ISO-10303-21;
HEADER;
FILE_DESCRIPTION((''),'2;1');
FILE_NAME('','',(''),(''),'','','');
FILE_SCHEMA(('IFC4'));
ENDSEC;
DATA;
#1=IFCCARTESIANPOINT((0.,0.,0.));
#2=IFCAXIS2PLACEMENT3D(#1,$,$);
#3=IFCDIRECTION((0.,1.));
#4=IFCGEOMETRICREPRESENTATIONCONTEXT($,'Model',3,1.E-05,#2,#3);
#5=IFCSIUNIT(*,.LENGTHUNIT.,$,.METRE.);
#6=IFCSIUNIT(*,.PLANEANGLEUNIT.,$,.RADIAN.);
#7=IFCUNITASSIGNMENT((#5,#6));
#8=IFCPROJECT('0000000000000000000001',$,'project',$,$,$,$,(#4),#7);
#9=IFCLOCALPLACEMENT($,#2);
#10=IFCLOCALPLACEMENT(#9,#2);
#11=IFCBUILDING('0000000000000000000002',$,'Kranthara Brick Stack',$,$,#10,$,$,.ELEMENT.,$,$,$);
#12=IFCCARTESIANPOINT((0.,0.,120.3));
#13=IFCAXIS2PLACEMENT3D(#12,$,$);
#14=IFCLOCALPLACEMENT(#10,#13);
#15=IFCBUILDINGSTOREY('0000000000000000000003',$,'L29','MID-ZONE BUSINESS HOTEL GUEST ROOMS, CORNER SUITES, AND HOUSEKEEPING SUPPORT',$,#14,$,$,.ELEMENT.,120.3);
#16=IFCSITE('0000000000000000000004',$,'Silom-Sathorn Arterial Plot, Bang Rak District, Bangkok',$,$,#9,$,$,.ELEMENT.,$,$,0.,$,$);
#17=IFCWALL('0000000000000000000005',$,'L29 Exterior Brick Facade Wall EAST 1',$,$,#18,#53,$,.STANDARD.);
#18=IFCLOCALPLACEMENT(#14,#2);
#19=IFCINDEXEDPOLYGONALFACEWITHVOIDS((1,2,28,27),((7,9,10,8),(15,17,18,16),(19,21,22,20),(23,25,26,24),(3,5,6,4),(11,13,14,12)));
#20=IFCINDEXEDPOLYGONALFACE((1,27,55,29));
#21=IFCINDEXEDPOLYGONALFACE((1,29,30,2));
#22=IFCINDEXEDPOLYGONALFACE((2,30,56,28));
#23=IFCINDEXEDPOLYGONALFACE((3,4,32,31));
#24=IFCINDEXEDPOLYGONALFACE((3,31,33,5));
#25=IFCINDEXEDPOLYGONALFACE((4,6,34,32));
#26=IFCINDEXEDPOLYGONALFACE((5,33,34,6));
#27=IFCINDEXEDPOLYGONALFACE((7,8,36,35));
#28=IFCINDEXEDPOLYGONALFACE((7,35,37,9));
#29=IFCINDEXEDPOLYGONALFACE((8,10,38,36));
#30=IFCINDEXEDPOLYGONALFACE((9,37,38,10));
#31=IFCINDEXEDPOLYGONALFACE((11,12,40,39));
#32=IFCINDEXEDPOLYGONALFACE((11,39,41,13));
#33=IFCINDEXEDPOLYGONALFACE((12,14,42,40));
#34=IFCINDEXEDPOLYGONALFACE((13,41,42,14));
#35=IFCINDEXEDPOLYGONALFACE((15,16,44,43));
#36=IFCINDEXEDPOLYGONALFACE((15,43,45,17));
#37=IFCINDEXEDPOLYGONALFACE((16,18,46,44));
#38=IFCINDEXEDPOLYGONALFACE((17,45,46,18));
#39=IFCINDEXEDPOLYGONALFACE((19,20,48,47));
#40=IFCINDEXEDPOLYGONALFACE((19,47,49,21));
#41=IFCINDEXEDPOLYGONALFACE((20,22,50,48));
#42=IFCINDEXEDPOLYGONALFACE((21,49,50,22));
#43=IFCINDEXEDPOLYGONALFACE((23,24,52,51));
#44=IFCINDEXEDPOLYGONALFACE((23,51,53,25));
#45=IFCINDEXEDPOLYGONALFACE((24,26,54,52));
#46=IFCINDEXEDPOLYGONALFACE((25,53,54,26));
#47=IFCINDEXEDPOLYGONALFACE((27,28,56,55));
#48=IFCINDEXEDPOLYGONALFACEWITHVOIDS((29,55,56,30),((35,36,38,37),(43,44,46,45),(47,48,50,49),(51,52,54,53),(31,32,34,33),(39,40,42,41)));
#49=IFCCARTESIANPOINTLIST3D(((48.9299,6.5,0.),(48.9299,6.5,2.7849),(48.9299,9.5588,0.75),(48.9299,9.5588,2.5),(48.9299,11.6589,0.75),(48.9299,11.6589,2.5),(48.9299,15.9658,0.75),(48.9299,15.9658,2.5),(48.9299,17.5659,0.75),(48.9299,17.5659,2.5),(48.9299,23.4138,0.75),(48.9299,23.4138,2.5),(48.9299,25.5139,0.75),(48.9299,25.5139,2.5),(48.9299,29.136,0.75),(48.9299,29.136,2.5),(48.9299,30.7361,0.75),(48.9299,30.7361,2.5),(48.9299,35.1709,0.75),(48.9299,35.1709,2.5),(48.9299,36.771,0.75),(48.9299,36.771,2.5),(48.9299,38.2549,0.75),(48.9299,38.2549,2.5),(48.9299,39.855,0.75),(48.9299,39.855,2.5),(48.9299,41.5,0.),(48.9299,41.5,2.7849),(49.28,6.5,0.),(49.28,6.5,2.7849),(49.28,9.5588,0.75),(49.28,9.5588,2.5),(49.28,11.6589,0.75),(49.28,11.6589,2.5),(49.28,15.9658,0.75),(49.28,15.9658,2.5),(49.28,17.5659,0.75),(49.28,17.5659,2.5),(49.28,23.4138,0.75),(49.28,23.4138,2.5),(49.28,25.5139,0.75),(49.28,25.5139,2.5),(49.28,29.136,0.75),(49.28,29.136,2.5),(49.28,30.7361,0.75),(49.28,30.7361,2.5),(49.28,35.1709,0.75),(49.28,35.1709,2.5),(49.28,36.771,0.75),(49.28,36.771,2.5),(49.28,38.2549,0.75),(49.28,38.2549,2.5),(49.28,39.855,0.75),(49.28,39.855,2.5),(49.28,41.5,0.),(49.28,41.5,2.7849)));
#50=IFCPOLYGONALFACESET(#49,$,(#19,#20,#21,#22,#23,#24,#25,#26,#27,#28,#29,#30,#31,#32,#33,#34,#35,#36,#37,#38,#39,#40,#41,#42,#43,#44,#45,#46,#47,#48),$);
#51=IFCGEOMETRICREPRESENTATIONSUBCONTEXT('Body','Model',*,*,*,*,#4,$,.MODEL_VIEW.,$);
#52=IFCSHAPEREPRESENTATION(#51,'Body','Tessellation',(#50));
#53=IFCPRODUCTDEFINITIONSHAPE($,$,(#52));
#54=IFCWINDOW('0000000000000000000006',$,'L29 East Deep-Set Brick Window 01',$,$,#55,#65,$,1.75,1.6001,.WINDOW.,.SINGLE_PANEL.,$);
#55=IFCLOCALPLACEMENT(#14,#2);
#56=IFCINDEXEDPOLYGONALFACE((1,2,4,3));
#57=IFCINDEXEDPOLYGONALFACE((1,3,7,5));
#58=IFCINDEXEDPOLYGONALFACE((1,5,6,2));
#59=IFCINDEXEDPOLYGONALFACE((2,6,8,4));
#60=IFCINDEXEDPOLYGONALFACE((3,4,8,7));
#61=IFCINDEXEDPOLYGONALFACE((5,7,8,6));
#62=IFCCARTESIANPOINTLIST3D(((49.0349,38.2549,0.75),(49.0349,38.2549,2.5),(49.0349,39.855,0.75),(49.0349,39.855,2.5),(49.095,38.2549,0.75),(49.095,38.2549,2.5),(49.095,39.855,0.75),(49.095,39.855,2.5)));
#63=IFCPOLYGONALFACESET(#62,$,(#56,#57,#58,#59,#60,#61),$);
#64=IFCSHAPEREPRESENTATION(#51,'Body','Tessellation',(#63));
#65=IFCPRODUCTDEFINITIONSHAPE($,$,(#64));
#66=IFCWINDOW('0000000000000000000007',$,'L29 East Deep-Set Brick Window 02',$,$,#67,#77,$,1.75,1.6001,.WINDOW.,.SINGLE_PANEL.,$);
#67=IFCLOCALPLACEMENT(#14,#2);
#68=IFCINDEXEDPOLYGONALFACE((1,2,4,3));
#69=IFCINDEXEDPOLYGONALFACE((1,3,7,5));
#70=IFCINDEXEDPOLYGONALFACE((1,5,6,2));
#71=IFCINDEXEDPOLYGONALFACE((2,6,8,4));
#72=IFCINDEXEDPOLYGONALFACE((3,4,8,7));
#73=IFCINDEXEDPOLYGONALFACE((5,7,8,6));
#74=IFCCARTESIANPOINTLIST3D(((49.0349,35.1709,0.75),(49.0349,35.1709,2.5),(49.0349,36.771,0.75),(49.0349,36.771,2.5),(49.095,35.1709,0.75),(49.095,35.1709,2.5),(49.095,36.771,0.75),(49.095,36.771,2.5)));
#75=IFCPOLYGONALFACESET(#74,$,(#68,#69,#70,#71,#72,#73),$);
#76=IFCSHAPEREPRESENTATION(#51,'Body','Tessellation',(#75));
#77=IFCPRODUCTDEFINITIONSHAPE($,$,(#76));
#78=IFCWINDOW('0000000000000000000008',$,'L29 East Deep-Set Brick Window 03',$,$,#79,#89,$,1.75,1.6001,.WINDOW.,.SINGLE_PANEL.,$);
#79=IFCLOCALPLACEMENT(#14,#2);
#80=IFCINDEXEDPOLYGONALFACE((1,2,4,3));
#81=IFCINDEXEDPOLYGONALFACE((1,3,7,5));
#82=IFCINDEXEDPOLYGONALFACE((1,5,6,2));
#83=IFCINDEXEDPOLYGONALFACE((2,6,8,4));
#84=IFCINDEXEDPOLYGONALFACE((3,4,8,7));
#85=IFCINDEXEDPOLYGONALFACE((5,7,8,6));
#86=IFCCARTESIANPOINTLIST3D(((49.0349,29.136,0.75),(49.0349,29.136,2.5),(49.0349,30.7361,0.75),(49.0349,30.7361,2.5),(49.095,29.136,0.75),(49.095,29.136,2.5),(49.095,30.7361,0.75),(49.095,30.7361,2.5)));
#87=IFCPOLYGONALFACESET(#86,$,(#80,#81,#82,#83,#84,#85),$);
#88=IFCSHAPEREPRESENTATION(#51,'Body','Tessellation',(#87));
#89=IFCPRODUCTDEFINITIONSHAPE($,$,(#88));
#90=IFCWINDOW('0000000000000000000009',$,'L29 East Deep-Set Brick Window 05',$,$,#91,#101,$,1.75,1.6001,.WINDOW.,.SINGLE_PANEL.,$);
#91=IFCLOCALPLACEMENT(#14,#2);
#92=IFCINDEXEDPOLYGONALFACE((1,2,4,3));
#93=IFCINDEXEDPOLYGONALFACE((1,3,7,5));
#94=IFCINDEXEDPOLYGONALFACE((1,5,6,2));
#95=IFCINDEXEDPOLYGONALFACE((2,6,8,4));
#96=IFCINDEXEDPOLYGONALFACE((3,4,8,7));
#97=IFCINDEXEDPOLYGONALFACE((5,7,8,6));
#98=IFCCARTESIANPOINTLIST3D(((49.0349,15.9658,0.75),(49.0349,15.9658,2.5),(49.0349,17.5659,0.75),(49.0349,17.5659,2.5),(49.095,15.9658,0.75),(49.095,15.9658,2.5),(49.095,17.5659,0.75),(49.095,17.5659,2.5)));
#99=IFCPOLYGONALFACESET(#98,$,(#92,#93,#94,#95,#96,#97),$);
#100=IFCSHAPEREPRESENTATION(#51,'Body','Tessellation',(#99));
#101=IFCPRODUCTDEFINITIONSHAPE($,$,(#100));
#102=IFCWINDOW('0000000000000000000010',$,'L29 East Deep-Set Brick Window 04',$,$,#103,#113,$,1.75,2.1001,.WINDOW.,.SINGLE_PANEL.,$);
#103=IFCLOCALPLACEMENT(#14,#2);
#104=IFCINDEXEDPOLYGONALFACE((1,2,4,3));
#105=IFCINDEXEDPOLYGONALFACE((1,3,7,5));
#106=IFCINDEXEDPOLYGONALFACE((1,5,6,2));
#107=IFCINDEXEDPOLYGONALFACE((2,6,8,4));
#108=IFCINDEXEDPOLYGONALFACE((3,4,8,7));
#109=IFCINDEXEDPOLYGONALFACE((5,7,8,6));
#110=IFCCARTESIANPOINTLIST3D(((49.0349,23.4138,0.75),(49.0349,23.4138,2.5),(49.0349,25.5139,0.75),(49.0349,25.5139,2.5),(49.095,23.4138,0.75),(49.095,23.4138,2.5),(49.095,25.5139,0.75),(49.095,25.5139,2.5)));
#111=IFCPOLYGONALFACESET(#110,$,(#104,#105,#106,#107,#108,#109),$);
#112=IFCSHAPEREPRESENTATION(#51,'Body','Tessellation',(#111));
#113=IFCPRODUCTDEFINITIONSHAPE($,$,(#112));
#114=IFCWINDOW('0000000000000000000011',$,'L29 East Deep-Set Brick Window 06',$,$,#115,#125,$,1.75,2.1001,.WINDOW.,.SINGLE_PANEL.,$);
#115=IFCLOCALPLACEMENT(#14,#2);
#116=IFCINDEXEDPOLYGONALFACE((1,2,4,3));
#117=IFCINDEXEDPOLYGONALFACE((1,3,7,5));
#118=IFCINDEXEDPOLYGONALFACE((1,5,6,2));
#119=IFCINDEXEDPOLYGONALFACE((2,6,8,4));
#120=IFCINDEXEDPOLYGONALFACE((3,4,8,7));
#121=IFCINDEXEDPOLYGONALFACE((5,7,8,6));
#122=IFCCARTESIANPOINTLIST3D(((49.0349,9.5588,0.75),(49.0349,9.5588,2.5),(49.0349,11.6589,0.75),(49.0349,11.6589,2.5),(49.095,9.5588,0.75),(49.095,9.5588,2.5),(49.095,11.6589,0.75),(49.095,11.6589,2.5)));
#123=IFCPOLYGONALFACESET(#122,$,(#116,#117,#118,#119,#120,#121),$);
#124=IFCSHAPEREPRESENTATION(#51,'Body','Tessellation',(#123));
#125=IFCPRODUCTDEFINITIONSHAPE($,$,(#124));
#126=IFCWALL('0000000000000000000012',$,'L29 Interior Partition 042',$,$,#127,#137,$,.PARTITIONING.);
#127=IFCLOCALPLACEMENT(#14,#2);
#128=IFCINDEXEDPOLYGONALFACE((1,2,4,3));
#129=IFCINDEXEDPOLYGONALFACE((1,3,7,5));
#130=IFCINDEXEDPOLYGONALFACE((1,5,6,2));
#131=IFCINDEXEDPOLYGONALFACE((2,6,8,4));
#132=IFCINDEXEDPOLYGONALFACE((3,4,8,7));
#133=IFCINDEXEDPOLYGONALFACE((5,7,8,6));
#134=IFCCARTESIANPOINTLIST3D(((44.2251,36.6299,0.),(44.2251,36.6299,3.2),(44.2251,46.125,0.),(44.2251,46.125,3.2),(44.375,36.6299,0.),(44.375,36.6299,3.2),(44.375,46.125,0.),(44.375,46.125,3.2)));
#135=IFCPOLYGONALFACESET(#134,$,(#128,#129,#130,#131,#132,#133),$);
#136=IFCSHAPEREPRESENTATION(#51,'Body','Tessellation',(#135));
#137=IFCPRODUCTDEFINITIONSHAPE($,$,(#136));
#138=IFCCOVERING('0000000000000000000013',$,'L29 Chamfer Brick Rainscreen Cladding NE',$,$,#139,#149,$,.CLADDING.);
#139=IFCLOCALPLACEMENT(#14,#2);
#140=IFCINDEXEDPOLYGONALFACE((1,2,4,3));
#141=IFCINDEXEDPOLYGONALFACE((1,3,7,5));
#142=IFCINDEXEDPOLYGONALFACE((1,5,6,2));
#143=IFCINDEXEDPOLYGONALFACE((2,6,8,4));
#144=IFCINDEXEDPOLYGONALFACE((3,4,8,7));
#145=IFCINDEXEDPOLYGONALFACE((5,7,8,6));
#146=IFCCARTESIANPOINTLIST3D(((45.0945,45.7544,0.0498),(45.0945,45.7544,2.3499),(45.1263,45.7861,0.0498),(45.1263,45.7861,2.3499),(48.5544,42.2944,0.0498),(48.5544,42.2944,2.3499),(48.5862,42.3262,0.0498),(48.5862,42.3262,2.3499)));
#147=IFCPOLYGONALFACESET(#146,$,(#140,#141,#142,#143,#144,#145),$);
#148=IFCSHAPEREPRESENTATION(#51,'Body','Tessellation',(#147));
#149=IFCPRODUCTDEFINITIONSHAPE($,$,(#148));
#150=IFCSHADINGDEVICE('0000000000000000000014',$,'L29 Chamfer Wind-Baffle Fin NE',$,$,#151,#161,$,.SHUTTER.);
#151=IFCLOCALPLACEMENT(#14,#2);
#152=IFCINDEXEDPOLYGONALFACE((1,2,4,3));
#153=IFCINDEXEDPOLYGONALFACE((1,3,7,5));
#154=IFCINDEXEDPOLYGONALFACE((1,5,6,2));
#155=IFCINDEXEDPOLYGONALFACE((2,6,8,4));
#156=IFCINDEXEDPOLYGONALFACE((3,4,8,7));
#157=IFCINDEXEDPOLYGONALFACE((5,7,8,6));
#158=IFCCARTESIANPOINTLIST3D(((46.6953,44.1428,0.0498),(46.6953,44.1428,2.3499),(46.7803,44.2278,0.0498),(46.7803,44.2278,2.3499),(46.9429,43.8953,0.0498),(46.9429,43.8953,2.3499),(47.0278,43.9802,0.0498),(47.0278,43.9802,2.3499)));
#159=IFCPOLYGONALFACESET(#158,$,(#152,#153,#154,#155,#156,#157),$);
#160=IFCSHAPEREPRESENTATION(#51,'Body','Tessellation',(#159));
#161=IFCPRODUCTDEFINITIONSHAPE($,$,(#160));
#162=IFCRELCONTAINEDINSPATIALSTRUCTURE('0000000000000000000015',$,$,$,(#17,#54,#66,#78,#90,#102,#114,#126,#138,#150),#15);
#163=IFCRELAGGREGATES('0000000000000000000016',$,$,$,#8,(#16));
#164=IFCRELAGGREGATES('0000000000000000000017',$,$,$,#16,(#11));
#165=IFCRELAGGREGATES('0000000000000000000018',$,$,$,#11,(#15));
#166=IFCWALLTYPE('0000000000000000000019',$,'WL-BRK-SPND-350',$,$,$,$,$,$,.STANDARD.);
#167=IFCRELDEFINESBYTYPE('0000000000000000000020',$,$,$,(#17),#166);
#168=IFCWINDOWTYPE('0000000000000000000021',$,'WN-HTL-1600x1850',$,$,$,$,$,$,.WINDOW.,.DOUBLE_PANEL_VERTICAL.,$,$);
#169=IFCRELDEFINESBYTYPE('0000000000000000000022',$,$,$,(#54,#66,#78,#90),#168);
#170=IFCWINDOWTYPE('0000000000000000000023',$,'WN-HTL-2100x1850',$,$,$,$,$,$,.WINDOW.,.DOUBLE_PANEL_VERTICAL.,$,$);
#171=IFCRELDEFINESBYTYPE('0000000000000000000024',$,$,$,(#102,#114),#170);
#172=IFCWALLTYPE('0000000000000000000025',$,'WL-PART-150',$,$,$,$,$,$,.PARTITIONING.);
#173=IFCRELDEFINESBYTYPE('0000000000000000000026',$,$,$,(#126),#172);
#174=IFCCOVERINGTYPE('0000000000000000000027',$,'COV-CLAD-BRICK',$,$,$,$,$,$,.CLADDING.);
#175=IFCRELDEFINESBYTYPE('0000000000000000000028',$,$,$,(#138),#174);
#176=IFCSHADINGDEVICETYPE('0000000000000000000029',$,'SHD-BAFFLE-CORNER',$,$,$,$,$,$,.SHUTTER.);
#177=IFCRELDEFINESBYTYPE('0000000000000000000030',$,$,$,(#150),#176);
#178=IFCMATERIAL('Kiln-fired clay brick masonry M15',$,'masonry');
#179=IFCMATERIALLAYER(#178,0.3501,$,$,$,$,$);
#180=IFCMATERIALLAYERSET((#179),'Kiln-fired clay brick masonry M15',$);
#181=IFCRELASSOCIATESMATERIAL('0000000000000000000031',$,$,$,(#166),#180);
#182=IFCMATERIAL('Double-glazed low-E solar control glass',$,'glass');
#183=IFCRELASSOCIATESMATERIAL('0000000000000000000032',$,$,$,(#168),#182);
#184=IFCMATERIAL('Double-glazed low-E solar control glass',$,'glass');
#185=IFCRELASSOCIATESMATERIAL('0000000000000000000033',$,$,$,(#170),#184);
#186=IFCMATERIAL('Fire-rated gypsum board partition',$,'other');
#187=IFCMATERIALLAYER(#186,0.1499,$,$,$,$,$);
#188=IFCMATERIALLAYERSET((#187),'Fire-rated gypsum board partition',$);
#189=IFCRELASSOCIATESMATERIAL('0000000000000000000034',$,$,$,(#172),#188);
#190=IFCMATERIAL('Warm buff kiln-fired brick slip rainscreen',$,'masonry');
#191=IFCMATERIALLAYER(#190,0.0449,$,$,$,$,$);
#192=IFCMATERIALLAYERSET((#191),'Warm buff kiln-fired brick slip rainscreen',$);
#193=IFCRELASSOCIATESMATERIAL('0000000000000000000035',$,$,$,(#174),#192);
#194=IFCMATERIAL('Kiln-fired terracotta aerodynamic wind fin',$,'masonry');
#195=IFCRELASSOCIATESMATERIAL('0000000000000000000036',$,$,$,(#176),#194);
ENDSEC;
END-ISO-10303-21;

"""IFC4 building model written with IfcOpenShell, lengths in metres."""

from ifc_helpers import new_model, si_unit, direction, frame, frame_2d, origin, origin_2d, place, context, subcontext, project, spatial, rectangle, extrude, material, layer, layer_set, type_object, element, fill, save


model = new_model("IFC4")

# Units and contexts
model_context = context("Model", 3, precision=1e-05, world=origin(), true_north=direction((0.0, 1.0)))
body_context = subcontext(model_context, "Body", "Model", "MODEL_VIEW")
ifc_project = project(units=[si_unit("LENGTHUNIT", "METRE"), si_unit("PLANEANGLEUNIT", "RADIAN")], contexts=[model_context])

# Site, building, storey
site_placement = place(None, origin())
site = spatial("IfcSite", under=ifc_project, at=site_placement, Name="Silom-Sathorn Arterial Plot, Bang Rak District, Bangkok", CompositionType="ELEMENT", RefElevation=0.0)
building_placement = place(site_placement, origin())
building = spatial("IfcBuilding", under=site, at=building_placement, Name="Kranthara Brick Stack", CompositionType="ELEMENT")
storey_placement = place(building_placement, frame((0.0, 0.0, 120.3)))
storey = spatial("IfcBuildingStorey", under=building, at=storey_placement, Name="L29", Description="MID-ZONE BUSINESS HOTEL GUEST ROOMS, CORNER SUITES, AND HOUSEKEEPING SUPPORT", CompositionType="ELEMENT", Elevation=120.3)

# Shared definitions
ifc_material_1 = material(Name="Kiln-fired clay brick masonry M15", Category="masonry")
ifc_layer_1 = layer(ifc_material_1, 0.3501)
ifc_layer_set_1 = layer_set([ifc_layer_1], Name="Kiln-fired clay brick masonry M15")
wall_type_1 = type_object("IfcWallType", Name="WL-BRK-SPND-350", PredefinedType="STANDARD", material=ifc_layer_set_1)

# Wall, openings, windows
wall_1_placement = place(storey_placement, frame((49.105, 41.5, 0.0), z_axis=(0.0, 0.0, 1.0), x_axis=(0.0, -1.0, 0.0)))
wall_1 = element("IfcWall", 1, at=wall_1_placement, inside=storey, type_object=wall_type_1, Name="L29 Exterior Brick Facade Wall EAST 1", PredefinedType="STANDARD", context=body_context, shape_type="SweptSolid", body=[
    extrude(rectangle(XDim=35.0, YDim=0.3501, at=frame_2d((17.5, 0.0))), origin(), (0.0, 0.0, 1.0), 2.7849),
])
opening_1_placement = place(wall_1_placement, frame((1.645, 0.0, 0.75)))
opening_1 = element("IfcOpeningElement", 2, at=opening_1_placement, cuts=wall_1, PredefinedType="OPENING", context=body_context, shape_type="SweptSolid", body=[
    extrude(rectangle(XDim=1.6001, YDim=1.75, at=frame_2d((0.8, 0.875))), frame((0.0, 0.1851, 0.0), z_axis=(0.0, -1.0, 0.0), x_axis=(1.0, 0.0, 0.0)), (0.0, 0.0, 1.0), 0.3701),
])
opening_2_placement = place(wall_1_placement, frame((4.729, 0.0, 0.75)))
opening_2 = element("IfcOpeningElement", 3, at=opening_2_placement, cuts=wall_1, PredefinedType="OPENING", context=body_context, shape_type="SweptSolid", body=[
    extrude(rectangle(XDim=1.6001, YDim=1.75, at=frame_2d((0.8, 0.875))), frame((0.0, 0.1851, 0.0), z_axis=(0.0, -1.0, 0.0), x_axis=(1.0, 0.0, 0.0)), (0.0, 0.0, 1.0), 0.3701),
])
opening_3_placement = place(wall_1_placement, frame((10.7639, 0.0, 0.75)))
opening_3 = element("IfcOpeningElement", 4, at=opening_3_placement, cuts=wall_1, PredefinedType="OPENING", context=body_context, shape_type="SweptSolid", body=[
    extrude(rectangle(XDim=1.6001, YDim=1.75, at=frame_2d((0.8, 0.875))), frame((0.0, 0.1851, 0.0), z_axis=(0.0, -1.0, 0.0), x_axis=(1.0, 0.0, 0.0)), (0.0, 0.0, 1.0), 0.3701),
])
opening_4_placement = place(wall_1_placement, frame((15.9861, 0.0, 0.75)))
opening_4 = element("IfcOpeningElement", 5, at=opening_4_placement, cuts=wall_1, PredefinedType="OPENING", context=body_context, shape_type="SweptSolid", body=[
    extrude(rectangle(XDim=2.1001, YDim=1.75, at=frame_2d((1.05, 0.875))), frame((0.0, 0.1851, 0.0), z_axis=(0.0, -1.0, 0.0), x_axis=(1.0, 0.0, 0.0)), (0.0, 0.0, 1.0), 0.3701),
])
opening_5_placement = place(wall_1_placement, frame((23.9341, 0.0, 0.75)))
opening_5 = element("IfcOpeningElement", 6, at=opening_5_placement, cuts=wall_1, PredefinedType="OPENING", context=body_context, shape_type="SweptSolid", body=[
    extrude(rectangle(XDim=1.6001, YDim=1.75, at=frame_2d((0.8, 0.875))), frame((0.0, 0.1851, 0.0), z_axis=(0.0, -1.0, 0.0), x_axis=(1.0, 0.0, 0.0)), (0.0, 0.0, 1.0), 0.3701),
])
opening_6_placement = place(wall_1_placement, frame((29.8411, 0.0, 0.75)))
opening_6 = element("IfcOpeningElement", 7, at=opening_6_placement, cuts=wall_1, PredefinedType="OPENING", context=body_context, shape_type="SweptSolid", body=[
    extrude(rectangle(XDim=2.1001, YDim=1.75, at=frame_2d((1.05, 0.875))), frame((0.0, 0.1851, 0.0), z_axis=(0.0, -1.0, 0.0), x_axis=(1.0, 0.0, 0.0)), (0.0, 0.0, 1.0), 0.3701),
])
ifc_material_2 = material(Name="Double-glazed low-E solar control glass", Category="glass")
window_type_1 = type_object("IfcWindowType", Name="WN-HTL-1600x1850", PartitioningType="DOUBLE_PANEL_VERTICAL", PredefinedType="WINDOW", material=ifc_material_2)
window_1_placement = place(opening_1_placement, origin())
window_1 = element("IfcWindow", 8, at=window_1_placement, inside=storey, type_object=window_type_1, Name="L29 East Deep-Set Brick Window 01", OverallHeight=1.75, OverallWidth=1.6001, PartitioningType="SINGLE_PANEL", PredefinedType="WINDOW", context=body_context, shape_type="SweptSolid", body=[
    extrude(rectangle(XDim=1.6001, YDim=1.75, at=frame_2d((0.8, 0.875))), frame((0.0, -0.01, 0.0), z_axis=(0.0, -1.0, 0.0), x_axis=(1.0, 0.0, 0.0)), (0.0, 0.0, 1.0), 0.0601),
])
fill(opening_1, window_1)
window_2_placement = place(opening_2_placement, origin())
window_2 = element("IfcWindow", 9, at=window_2_placement, inside=storey, type_object=window_type_1, Name="L29 East Deep-Set Brick Window 02", OverallHeight=1.75, OverallWidth=1.6001, PartitioningType="SINGLE_PANEL", PredefinedType="WINDOW", context=body_context, shape_type="SweptSolid", body=[
    extrude(rectangle(XDim=1.6001, YDim=1.75, at=frame_2d((0.8, 0.875))), frame((0.0, -0.01, 0.0), z_axis=(0.0, -1.0, 0.0), x_axis=(1.0, 0.0, 0.0)), (0.0, 0.0, 1.0), 0.0601),
])
fill(opening_2, window_2)
window_3_placement = place(opening_3_placement, origin())
window_3 = element("IfcWindow", 10, at=window_3_placement, inside=storey, type_object=window_type_1, Name="L29 East Deep-Set Brick Window 03", OverallHeight=1.75, OverallWidth=1.6001, PartitioningType="SINGLE_PANEL", PredefinedType="WINDOW", context=body_context, shape_type="SweptSolid", body=[
    extrude(rectangle(XDim=1.6001, YDim=1.75, at=frame_2d((0.8, 0.875))), frame((0.0, -0.01, 0.0), z_axis=(0.0, -1.0, 0.0), x_axis=(1.0, 0.0, 0.0)), (0.0, 0.0, 1.0), 0.0601),
])
fill(opening_3, window_3)
window_4_placement = place(opening_5_placement, origin())
window_4 = element("IfcWindow", 11, at=window_4_placement, inside=storey, type_object=window_type_1, Name="L29 East Deep-Set Brick Window 05", OverallHeight=1.75, OverallWidth=1.6001, PartitioningType="SINGLE_PANEL", PredefinedType="WINDOW", context=body_context, shape_type="SweptSolid", body=[
    extrude(rectangle(XDim=1.6001, YDim=1.75, at=frame_2d((0.8, 0.875))), frame((0.0, -0.01, 0.0), z_axis=(0.0, -1.0, 0.0), x_axis=(1.0, 0.0, 0.0)), (0.0, 0.0, 1.0), 0.0601),
])
fill(opening_5, window_4)
ifc_material_3 = material(Name="Double-glazed low-E solar control glass", Category="glass")
window_type_2 = type_object("IfcWindowType", Name="WN-HTL-2100x1850", PartitioningType="DOUBLE_PANEL_VERTICAL", PredefinedType="WINDOW", material=ifc_material_3)
window_5_placement = place(opening_4_placement, origin())
window_5 = element("IfcWindow", 12, at=window_5_placement, inside=storey, type_object=window_type_2, Name="L29 East Deep-Set Brick Window 04", OverallHeight=1.75, OverallWidth=2.1001, PartitioningType="SINGLE_PANEL", PredefinedType="WINDOW", context=body_context, shape_type="SweptSolid", body=[
    extrude(rectangle(XDim=2.1001, YDim=1.75, at=frame_2d((1.05, 0.875))), frame((0.0, -0.01, 0.0), z_axis=(0.0, -1.0, 0.0), x_axis=(1.0, 0.0, 0.0)), (0.0, 0.0, 1.0), 0.0601),
])
fill(opening_4, window_5)
window_6_placement = place(opening_6_placement, origin())
window_6 = element("IfcWindow", 13, at=window_6_placement, inside=storey, type_object=window_type_2, Name="L29 East Deep-Set Brick Window 06", OverallHeight=1.75, OverallWidth=2.1001, PartitioningType="SINGLE_PANEL", PredefinedType="WINDOW", context=body_context, shape_type="SweptSolid", body=[
    extrude(rectangle(XDim=2.1001, YDim=1.75, at=frame_2d((1.05, 0.875))), frame((0.0, -0.01, 0.0), z_axis=(0.0, -1.0, 0.0), x_axis=(1.0, 0.0, 0.0)), (0.0, 0.0, 1.0), 0.0601),
])
fill(opening_6, window_6)

# Wall
ifc_material_4 = material(Name="Fire-rated gypsum board partition", Category="other")
ifc_layer_2 = layer(ifc_material_4, 0.1499)
ifc_layer_set_2 = layer_set([ifc_layer_2], Name="Fire-rated gypsum board partition")
wall_type_2 = type_object("IfcWallType", Name="WL-PART-150", PredefinedType="PARTITIONING", material=ifc_layer_set_2)
wall_2_placement = place(storey_placement, frame((44.3, 36.6299, 0.0), z_axis=(0.0, 0.0, 1.0), x_axis=(0.0, 1.0, 0.0)))
element("IfcWall", 14, at=wall_2_placement, inside=storey, type_object=wall_type_2, Name="L29 Interior Partition 042", PredefinedType="PARTITIONING", context=body_context, shape_type="SweptSolid", body=[
    extrude(rectangle(XDim=9.4951, YDim=0.1499, at=frame_2d((4.7476, 0.0))), origin(), (0.0, 0.0, 1.0), 3.2),
])

# Covering
ifc_material_5 = material(Name="Warm buff kiln-fired brick slip rainscreen", Category="masonry")
ifc_layer_3 = layer(ifc_material_5, 0.0449)
ifc_layer_set_3 = layer_set([ifc_layer_3], Name="Warm buff kiln-fired brick slip rainscreen")
covering_type = type_object("IfcCoveringType", Name="COV-CLAD-BRICK", PredefinedType="CLADDING", material=ifc_layer_set_3)
covering_placement = place(storey_placement, frame((46.8403, 44.0403, 0.0498), z_axis=(0.0, 0.0, 1.0), x_axis=(0.707107, -0.707107, 0.0)))
element("IfcCovering", 15, at=covering_placement, inside=storey, type_object=covering_type, Name="L29 Chamfer Brick Rainscreen Cladding NE", PredefinedType="CLADDING", context=body_context, shape_type="SweptSolid", body=[
    extrude(rectangle(XDim=4.8931, YDim=0.0449, at=origin_2d()), origin(), (0.0, 0.0, 1.0), 2.3),
])

# Shading device
ifc_material_6 = material(Name="Kiln-fired terracotta aerodynamic wind fin", Category="masonry")
shading_device_type = type_object("IfcShadingDeviceType", Name="SHD-BAFFLE-CORNER", PredefinedType="SHUTTER", material=ifc_material_6)
shading_device_placement = place(storey_placement, frame((46.8616, 44.0615, 0.0498), z_axis=(0.0, 0.0, 1.0), x_axis=(0.707107, -0.707107, 0.0)))
element("IfcShadingDevice", 16, at=shading_device_placement, inside=storey, type_object=shading_device_type, Name="L29 Chamfer Wind-Baffle Fin NE", PredefinedType="SHUTTER", context=body_context, shape_type="SweptSolid", body=[
    extrude(rectangle(XDim=0.3501, YDim=0.1201, at=origin_2d()), origin(), (0.0, 0.0, 1.0), 2.3),
])

save(model, "model.ifc")
